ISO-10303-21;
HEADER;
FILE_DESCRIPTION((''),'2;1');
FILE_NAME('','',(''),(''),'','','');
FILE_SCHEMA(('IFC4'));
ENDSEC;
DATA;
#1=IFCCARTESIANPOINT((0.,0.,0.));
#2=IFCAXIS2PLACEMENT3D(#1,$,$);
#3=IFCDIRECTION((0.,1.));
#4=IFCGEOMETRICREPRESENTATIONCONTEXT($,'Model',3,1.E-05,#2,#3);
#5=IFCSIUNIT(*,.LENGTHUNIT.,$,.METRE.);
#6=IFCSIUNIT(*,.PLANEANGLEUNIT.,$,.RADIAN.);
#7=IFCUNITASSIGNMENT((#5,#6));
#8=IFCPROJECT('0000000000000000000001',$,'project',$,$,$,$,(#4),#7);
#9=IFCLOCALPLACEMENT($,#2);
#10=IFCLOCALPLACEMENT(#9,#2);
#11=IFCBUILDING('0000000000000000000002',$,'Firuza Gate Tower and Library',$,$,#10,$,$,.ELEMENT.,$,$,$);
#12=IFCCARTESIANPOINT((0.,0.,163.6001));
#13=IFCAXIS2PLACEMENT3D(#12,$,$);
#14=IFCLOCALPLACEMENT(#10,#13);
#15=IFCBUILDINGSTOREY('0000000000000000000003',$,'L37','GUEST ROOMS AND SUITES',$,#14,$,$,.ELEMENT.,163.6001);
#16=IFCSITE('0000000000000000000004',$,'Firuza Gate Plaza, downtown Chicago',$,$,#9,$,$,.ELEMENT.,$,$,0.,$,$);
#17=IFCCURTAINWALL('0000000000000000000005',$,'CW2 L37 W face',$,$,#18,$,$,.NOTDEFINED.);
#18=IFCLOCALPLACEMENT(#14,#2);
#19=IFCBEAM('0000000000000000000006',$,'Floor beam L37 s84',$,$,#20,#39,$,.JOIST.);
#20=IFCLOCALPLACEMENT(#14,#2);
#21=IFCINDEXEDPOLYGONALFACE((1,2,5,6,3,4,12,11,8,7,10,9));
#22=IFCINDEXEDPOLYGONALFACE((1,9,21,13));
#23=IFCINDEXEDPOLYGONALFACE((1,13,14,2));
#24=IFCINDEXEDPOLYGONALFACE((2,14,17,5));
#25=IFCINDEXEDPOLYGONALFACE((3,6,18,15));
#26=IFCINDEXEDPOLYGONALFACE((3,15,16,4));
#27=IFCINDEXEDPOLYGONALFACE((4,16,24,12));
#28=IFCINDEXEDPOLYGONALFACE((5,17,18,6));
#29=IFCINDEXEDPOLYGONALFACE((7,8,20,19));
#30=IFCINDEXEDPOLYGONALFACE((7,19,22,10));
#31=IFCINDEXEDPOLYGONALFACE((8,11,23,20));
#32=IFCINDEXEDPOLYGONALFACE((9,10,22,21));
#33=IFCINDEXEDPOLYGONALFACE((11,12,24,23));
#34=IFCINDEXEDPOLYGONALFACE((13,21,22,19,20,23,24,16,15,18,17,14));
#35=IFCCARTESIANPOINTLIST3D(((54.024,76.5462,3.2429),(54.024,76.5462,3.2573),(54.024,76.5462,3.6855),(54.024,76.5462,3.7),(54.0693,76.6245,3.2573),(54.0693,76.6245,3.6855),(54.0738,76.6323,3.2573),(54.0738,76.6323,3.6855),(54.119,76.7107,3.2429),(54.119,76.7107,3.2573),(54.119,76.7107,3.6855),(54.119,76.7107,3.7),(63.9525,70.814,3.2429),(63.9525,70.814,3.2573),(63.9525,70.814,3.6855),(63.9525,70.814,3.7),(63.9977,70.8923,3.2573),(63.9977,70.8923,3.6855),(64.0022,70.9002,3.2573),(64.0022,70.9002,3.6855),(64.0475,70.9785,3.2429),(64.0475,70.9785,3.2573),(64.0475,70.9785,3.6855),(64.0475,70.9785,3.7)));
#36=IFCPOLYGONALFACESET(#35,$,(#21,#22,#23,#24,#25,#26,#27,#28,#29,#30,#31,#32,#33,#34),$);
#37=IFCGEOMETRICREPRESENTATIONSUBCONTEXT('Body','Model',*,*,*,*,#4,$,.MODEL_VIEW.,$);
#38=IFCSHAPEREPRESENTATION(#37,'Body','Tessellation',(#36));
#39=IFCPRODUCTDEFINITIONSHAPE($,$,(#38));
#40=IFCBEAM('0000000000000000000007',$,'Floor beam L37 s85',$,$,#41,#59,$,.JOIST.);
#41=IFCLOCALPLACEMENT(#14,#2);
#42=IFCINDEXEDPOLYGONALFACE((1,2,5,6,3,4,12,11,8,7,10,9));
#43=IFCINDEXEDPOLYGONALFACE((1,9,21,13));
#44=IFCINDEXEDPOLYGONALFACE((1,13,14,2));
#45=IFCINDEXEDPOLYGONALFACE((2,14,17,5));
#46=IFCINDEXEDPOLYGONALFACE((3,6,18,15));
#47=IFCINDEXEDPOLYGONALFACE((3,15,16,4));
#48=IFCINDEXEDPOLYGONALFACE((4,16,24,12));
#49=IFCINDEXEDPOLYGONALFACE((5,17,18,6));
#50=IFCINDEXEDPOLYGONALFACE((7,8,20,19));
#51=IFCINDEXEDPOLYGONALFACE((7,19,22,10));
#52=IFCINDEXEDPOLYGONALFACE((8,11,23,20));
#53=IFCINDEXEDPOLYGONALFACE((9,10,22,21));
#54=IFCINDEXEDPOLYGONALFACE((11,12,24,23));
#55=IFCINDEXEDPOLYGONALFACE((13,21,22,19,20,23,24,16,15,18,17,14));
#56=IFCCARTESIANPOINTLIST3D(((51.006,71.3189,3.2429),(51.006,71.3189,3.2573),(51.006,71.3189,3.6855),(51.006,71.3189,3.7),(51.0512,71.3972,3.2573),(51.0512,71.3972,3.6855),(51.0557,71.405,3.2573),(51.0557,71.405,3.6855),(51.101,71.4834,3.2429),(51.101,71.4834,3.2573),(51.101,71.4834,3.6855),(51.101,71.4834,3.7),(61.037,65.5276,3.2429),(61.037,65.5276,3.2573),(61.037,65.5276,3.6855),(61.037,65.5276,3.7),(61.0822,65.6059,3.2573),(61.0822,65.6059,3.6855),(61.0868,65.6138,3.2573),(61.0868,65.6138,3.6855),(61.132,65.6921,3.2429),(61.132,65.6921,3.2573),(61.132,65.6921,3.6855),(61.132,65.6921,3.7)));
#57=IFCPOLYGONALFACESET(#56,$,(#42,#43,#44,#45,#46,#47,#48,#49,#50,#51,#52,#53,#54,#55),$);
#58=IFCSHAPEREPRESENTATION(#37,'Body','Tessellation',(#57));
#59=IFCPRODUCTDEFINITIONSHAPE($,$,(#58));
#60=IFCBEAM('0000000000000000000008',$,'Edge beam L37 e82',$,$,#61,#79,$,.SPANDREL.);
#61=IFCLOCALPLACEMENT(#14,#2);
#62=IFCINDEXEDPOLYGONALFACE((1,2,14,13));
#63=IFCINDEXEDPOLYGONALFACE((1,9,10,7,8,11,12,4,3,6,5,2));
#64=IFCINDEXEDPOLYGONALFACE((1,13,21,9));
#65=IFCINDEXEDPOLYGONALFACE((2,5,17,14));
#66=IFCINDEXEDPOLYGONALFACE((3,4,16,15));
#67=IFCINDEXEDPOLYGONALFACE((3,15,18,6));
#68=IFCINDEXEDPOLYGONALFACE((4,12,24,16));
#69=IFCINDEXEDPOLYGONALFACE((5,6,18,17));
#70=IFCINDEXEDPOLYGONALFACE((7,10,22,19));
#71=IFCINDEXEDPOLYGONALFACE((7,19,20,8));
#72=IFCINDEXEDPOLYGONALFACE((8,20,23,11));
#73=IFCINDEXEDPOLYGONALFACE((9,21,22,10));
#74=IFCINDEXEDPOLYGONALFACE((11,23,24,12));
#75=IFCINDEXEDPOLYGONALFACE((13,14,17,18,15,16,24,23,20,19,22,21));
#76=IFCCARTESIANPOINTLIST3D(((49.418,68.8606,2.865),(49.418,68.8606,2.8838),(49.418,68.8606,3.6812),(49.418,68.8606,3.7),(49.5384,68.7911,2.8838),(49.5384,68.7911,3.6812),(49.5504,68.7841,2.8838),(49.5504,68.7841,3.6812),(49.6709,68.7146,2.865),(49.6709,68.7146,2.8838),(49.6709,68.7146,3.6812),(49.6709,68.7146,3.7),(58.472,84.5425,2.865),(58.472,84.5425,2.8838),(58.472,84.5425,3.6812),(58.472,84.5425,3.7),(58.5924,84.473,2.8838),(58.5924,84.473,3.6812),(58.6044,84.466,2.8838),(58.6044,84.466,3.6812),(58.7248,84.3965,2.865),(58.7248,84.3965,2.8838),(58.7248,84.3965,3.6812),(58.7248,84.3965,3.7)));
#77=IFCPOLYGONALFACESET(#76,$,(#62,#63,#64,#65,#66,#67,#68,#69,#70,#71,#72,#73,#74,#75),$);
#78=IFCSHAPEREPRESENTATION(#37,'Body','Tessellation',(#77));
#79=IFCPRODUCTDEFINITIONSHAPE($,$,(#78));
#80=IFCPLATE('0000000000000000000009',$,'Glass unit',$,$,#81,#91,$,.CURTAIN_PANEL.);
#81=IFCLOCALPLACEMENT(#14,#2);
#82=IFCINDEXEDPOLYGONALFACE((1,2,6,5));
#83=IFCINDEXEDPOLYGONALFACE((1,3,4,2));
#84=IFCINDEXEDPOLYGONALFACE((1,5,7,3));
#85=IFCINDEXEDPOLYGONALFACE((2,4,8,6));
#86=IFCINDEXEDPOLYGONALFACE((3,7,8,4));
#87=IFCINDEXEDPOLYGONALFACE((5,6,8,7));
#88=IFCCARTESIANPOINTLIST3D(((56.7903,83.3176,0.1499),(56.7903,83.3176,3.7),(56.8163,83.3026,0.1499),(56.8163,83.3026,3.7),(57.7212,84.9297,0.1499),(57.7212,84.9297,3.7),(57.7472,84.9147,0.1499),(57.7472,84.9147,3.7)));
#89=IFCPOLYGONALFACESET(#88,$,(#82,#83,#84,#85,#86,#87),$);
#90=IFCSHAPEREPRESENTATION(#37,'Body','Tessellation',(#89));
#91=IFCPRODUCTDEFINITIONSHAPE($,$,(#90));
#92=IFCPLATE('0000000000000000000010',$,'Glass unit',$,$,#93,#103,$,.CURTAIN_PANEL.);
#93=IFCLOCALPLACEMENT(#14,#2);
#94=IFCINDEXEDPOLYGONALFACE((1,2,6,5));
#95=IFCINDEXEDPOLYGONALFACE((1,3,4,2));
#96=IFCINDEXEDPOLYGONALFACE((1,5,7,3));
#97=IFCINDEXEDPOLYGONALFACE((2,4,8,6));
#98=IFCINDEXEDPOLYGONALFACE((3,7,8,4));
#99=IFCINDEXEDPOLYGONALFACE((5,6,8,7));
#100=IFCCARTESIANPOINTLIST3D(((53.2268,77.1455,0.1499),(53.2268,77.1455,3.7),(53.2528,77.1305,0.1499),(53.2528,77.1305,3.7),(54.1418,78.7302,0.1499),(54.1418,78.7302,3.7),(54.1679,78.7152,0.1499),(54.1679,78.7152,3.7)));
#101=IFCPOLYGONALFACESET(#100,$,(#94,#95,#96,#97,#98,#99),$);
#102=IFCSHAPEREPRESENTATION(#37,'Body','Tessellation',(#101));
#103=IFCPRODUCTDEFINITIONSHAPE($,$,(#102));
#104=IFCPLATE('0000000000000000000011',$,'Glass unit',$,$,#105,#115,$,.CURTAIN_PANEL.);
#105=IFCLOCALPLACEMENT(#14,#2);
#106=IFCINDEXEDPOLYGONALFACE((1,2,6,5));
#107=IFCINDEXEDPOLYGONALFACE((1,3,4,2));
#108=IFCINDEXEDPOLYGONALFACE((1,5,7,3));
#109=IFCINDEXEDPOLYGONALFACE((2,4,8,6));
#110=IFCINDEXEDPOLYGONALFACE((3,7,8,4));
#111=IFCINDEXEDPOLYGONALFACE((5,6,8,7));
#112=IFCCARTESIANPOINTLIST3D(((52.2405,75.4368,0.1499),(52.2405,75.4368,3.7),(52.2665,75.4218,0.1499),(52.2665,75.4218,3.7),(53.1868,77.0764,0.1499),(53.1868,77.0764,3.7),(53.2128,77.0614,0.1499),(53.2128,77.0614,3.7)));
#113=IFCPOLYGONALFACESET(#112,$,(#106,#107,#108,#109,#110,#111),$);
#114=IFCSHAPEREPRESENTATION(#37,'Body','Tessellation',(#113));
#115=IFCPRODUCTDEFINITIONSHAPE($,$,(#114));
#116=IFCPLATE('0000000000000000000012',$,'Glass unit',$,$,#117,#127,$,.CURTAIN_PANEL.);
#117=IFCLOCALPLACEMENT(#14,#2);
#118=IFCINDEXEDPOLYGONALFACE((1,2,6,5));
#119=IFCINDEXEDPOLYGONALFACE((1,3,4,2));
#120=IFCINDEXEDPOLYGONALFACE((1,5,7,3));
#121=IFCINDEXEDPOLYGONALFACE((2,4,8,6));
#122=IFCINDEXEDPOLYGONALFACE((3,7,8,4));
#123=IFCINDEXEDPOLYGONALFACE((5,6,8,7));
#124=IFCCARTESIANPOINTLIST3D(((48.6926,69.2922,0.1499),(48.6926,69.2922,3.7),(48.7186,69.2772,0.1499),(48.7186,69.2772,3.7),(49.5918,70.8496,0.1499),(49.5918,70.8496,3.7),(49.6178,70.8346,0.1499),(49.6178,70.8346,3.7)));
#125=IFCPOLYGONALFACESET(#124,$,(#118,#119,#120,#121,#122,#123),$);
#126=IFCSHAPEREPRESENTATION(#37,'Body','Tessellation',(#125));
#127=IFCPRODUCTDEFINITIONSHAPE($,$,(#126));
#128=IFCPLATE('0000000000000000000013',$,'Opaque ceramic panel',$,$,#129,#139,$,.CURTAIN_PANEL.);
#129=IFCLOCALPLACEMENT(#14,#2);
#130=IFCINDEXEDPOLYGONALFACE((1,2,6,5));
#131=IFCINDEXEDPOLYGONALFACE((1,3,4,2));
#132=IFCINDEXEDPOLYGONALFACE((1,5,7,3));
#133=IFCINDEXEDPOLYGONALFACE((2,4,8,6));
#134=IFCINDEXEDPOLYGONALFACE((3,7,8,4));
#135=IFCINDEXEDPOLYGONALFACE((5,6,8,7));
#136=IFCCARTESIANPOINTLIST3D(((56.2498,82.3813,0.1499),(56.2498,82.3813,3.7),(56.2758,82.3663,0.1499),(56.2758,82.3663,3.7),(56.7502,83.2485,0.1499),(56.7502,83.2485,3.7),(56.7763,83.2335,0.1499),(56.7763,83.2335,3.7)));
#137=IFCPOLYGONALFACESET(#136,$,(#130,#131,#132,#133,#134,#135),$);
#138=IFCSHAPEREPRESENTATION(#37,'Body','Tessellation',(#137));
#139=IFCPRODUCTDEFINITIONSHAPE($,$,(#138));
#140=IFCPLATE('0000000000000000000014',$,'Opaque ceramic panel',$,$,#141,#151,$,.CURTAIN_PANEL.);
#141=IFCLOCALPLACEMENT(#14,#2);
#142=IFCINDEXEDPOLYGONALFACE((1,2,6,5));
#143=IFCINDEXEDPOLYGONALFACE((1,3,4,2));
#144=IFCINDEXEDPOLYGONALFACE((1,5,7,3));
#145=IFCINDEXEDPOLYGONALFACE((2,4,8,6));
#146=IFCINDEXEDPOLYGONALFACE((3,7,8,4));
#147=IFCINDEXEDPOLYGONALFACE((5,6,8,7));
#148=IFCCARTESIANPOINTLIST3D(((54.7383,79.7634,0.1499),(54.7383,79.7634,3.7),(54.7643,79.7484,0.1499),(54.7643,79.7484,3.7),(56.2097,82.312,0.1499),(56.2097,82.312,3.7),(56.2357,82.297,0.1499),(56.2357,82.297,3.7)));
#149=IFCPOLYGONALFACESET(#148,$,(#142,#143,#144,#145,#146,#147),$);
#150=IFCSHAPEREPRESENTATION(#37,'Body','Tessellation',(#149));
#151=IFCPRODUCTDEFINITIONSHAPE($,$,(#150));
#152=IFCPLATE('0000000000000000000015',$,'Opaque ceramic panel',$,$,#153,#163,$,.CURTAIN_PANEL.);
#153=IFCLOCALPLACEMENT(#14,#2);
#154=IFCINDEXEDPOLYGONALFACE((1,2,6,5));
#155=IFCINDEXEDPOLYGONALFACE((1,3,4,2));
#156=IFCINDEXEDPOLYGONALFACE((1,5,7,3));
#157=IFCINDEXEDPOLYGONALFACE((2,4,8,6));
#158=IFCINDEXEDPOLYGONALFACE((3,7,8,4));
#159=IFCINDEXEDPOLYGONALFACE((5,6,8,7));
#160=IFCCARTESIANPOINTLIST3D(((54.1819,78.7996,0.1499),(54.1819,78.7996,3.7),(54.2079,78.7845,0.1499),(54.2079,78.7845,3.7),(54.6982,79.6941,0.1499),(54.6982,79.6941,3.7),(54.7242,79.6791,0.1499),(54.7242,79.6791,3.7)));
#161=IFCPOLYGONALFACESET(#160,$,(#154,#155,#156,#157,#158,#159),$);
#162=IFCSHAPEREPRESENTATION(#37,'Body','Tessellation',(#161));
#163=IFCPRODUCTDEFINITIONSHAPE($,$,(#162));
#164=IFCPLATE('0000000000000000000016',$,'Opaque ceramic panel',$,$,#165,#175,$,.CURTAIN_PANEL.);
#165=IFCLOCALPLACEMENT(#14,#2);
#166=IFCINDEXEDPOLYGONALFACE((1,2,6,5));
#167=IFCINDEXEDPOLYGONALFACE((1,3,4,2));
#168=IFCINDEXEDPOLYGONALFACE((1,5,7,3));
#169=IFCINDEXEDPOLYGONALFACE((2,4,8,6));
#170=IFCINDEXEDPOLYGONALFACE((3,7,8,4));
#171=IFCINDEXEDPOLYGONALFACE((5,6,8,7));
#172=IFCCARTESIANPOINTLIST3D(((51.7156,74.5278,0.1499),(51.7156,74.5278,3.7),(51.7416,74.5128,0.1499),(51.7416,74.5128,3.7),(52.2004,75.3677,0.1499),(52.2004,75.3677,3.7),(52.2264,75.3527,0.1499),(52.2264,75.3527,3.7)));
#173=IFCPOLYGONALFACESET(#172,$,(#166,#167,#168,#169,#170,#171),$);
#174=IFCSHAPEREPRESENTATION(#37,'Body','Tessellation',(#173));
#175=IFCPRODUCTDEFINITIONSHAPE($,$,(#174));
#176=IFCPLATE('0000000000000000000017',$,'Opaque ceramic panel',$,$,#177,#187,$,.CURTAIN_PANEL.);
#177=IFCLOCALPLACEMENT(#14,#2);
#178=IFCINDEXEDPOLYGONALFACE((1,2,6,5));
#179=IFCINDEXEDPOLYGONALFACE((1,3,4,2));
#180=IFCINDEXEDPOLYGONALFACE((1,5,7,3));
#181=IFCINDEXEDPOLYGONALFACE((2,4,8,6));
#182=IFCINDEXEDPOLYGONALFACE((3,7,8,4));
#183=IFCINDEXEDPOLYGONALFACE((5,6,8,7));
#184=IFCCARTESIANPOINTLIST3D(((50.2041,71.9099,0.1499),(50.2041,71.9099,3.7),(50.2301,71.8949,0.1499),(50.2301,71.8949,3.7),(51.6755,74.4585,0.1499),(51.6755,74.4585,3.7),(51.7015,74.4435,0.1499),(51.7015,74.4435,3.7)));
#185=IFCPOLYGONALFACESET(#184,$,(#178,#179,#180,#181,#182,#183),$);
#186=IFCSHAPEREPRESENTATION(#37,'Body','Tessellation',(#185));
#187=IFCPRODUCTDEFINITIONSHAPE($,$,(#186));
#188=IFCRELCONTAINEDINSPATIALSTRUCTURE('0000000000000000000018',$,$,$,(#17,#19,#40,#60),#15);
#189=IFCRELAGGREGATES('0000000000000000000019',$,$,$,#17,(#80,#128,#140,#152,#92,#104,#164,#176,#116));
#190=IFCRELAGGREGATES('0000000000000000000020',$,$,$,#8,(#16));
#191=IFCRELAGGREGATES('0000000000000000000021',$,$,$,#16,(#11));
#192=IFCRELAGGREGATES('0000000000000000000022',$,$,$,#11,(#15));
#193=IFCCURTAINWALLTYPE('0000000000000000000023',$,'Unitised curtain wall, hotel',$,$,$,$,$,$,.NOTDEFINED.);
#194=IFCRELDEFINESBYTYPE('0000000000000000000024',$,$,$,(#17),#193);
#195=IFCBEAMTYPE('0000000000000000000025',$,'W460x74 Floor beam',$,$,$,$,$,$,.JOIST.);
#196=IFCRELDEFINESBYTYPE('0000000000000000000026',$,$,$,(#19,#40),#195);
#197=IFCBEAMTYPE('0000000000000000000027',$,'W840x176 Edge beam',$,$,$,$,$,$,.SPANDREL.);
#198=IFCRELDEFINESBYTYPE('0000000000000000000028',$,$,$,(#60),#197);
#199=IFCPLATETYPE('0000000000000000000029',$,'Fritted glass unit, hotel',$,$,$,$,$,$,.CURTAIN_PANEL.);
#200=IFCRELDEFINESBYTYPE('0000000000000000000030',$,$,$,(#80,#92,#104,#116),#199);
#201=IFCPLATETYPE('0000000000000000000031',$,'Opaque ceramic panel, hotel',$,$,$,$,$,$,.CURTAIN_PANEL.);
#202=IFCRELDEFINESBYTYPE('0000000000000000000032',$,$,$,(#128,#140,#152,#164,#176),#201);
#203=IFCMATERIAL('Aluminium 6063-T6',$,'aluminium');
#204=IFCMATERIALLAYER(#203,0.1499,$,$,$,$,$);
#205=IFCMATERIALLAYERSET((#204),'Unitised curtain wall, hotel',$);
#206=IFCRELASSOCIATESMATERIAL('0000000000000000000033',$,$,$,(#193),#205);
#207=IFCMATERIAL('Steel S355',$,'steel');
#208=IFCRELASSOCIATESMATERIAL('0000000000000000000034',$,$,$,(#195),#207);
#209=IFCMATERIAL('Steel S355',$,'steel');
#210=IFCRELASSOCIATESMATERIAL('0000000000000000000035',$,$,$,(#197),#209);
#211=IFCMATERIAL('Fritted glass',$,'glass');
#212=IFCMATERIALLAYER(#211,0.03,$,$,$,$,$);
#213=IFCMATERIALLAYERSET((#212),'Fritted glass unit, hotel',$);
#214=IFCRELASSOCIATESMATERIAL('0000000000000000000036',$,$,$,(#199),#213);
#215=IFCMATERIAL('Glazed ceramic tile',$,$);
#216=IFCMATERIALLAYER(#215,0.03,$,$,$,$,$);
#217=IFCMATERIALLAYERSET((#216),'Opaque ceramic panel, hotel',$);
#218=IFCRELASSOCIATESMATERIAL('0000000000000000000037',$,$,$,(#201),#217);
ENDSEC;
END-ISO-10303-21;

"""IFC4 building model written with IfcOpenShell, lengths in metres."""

from ifc_helpers import new_model, si_unit, direction, frame, origin, origin_2d, place, context, subcontext, project, spatial, polyline, i_section, outline, extrude, material, layer, layer_set, material_profile, profile_set, type_object, element, aggregate, save


model = new_model("IFC4")

# Units and contexts
model_context = context("Model", 3, precision=1e-05, world=origin(), true_north=direction((0.0, 1.0)))
body_context = subcontext(model_context, "Body", "Model", "MODEL_VIEW")
ifc_project = project(units=[si_unit("LENGTHUNIT", "METRE"), si_unit("PLANEANGLEUNIT", "RADIAN")], contexts=[model_context])

# Site, building, storey
site_placement = place(None, origin())
site = spatial("IfcSite", under=ifc_project, at=site_placement, Name="Firuza Gate Plaza, downtown Chicago", CompositionType="ELEMENT", RefElevation=0.0)
building_placement = place(site_placement, origin())
building = spatial("IfcBuilding", under=site, at=building_placement, Name="Firuza Gate Tower and Library", CompositionType="ELEMENT")
storey_placement = place(building_placement, frame((0.0, 0.0, 163.6001)))
storey = spatial("IfcBuildingStorey", under=building, at=storey_placement, Name="L37", Description="GUEST ROOMS AND SUITES", CompositionType="ELEMENT", Elevation=163.6001)

# Curtain wall
ifc_material_1 = material(Name="Aluminium 6063-T6", Category="aluminium")
ifc_layer_1 = layer(ifc_material_1, 0.1499)
ifc_layer_set_1 = layer_set([ifc_layer_1], Name="Unitised curtain wall, hotel")
curtain_wall_type = type_object("IfcCurtainWallType", Name="Unitised curtain wall, hotel", PredefinedType="NOTDEFINED", material=ifc_layer_set_1)
curtain_wall_placement = place(storey_placement, origin())
curtain_wall = element("IfcCurtainWall", 1, at=curtain_wall_placement, inside=storey, type_object=curtain_wall_type, Name="CW2 L37 W face", PredefinedType="NOTDEFINED")

# Beams
ifc_material_2 = material(Name="Steel S355", Category="steel")
ifc_material_profile_1 = material_profile(ifc_material_2, i_section(OverallWidth=0.1899, OverallDepth=0.457, WebThickness=0.009, FlangeThickness=0.0144, at=origin_2d()))
ifc_profile_set_1 = profile_set([ifc_material_profile_1], Name="Steel S355")
beam_type_1 = type_object("IfcBeamType", Name="W460x74 Floor beam", PredefinedType="JOIST", material=ifc_profile_set_1)
beam_1_placement = place(storey_placement, frame((54.0715, 76.6284, 3.4714), z_axis=(0.866026, -0.499998, 0.0), x_axis=(0.499998, 0.866026, 0.0)))
element("IfcBeam", 2, at=beam_1_placement, inside=storey, type_object=beam_type_1, Name="Floor beam L37 s84", PredefinedType="JOIST", context=body_context, shape_type="SweptSolid", body=[
    extrude(i_section(OverallWidth=0.1899, OverallDepth=0.457, WebThickness=0.009, FlangeThickness=0.0144, at=origin_2d()), origin(), (0.0, 0.0, 1.0), 11.4644),
])
beam_2_placement = place(storey_placement, frame((51.0535, 71.4011, 3.4714), z_axis=(0.866031, -0.499991, 0.0), x_axis=(0.499991, 0.866031, 0.0)))
element("IfcBeam", 3, at=beam_2_placement, inside=storey, type_object=beam_type_1, Name="Floor beam L37 s85", PredefinedType="JOIST", context=body_context, shape_type="SweptSolid", body=[
    extrude(i_section(OverallWidth=0.1899, OverallDepth=0.457, WebThickness=0.009, FlangeThickness=0.0144, at=origin_2d()), origin(), (0.0, 0.0, 1.0), 11.5828),
])
ifc_material_3 = material(Name="Steel S355", Category="steel")
ifc_material_profile_2 = material_profile(ifc_material_3, i_section(OverallWidth=0.292, OverallDepth=0.835, WebThickness=0.0139, FlangeThickness=0.0188, at=origin_2d()))
ifc_profile_set_2 = profile_set([ifc_material_profile_2], Name="Steel S355")
beam_type_2 = type_object("IfcBeamType", Name="W840x176 Edge beam", PredefinedType="SPANDREL", material=ifc_profile_set_2)
beam_3_placement = place(storey_placement, frame((58.5984, 84.4695, 3.2825), z_axis=(-0.500001, -0.866025, 0.0), x_axis=(0.866025, -0.500001, 0.0)))
element("IfcBeam", 4, at=beam_3_placement, inside=storey, type_object=beam_type_2, Name="Edge beam L37 e82", PredefinedType="SPANDREL", context=body_context, shape_type="SweptSolid", body=[
    extrude(i_section(OverallWidth=0.292, OverallDepth=0.835, WebThickness=0.0139, FlangeThickness=0.0188, at=origin_2d()), origin(), (0.0, 0.0, 1.0), 18.1079),
])

# Plates
ifc_material_4 = material(Name="Fritted glass", Category="glass")
ifc_layer_2 = layer(ifc_material_4, 0.03)
ifc_layer_set_2 = layer_set([ifc_layer_2], Name="Fritted glass unit, hotel")
plate_type_1 = type_object("IfcPlateType", Name="Fritted glass unit, hotel", PredefinedType="CURTAIN_PANEL", material=ifc_layer_set_2)
plate_1_placement = place(storey_placement, frame((57.7212, 84.9297, 0.1499), z_axis=(-0.865982, 0.500074, 0.0), x_axis=(-0.500074, -0.865982, 0.0)))
plate_1 = element("IfcPlate", 5, at=plate_1_placement, type_object=plate_type_1, Name="Glass unit", PredefinedType="CURTAIN_PANEL", context=body_context, shape_type="SweptSolid", body=[
    extrude(outline(polyline([(0.0, 0.0), (1.8615, 0.0), (1.8615, 3.55), (0.0, 3.55), (0.0, 0.0)])), origin(), (0.0, 0.0, -1.0), 0.03),
])
plate_2_placement = place(storey_placement, frame((54.1418, 78.7302, 0.1499), z_axis=(-0.866001, 0.500042, 0.0), x_axis=(-0.500042, -0.866001, 0.0)))
plate_2 = element("IfcPlate", 6, at=plate_2_placement, type_object=plate_type_1, Name="Glass unit", PredefinedType="CURTAIN_PANEL", context=body_context, shape_type="SweptSolid", body=[
    extrude(outline(polyline([(0.0, 0.0), (1.8299, 0.0), (1.8299, 3.55), (0.0, 3.55), (0.0, 0.0)])), origin(), (0.0, 0.0, -1.0), 0.03),
])
plate_3_placement = place(storey_placement, frame((53.1868, 77.0764, 0.1499), z_axis=(-0.866108, 0.499856, 0.0), x_axis=(-0.499856, -0.866108, 0.0)))
plate_3 = element("IfcPlate", 7, at=plate_3_placement, type_object=plate_type_1, Name="Glass unit", PredefinedType="CURTAIN_PANEL", context=body_context, shape_type="SweptSolid", body=[
    extrude(outline(polyline([(0.0, 0.0), (1.8931, 0.0), (1.8931, 3.55), (0.0, 3.55), (0.0, 0.0)])), origin(), (0.0, 0.0, -1.0), 0.03),
])
plate_4_placement = place(storey_placement, frame((49.5918, 70.8496, 0.1499), z_axis=(-0.866021, 0.500008, 0.0), x_axis=(-0.500008, -0.866021, 0.0)))
plate_4 = element("IfcPlate", 8, at=plate_4_placement, type_object=plate_type_1, Name="Glass unit", PredefinedType="CURTAIN_PANEL", context=body_context, shape_type="SweptSolid", body=[
    extrude(outline(polyline([(0.0, 0.0), (1.7983, 0.0), (1.7983, 3.55), (0.0, 3.55), (0.0, 0.0)])), origin(), (0.0, 0.0, -1.0), 0.03),
])
ifc_material_5 = material(Name="Glazed ceramic tile")
ifc_layer_3 = layer(ifc_material_5, 0.03)
ifc_layer_set_3 = layer_set([ifc_layer_3], Name="Opaque ceramic panel, hotel")
plate_type_2 = type_object("IfcPlateType", Name="Opaque ceramic panel, hotel", PredefinedType="CURTAIN_PANEL", material=ifc_layer_set_3)
plate_5_placement = place(storey_placement, frame((56.7502, 83.2485, 0.1499), z_axis=(-0.866104, 0.499863, 0.0), x_axis=(-0.499863, -0.866104, 0.0)))
plate_5 = element("IfcPlate", 9, at=plate_5_placement, type_object=plate_type_2, Name="Opaque ceramic panel", PredefinedType="CURTAIN_PANEL", context=body_context, shape_type="SweptSolid", body=[
    extrude(outline(polyline([(0.0, 0.0), (1.0013, 0.0), (1.0013, 3.55), (0.0, 3.55), (0.0, 0.0)])), origin(), (0.0, 0.0, -1.0), 0.03),
])
plate_6_placement = place(storey_placement, frame((56.2097, 82.312, 0.1499), z_axis=(-0.866024, 0.500003, 0.0), x_axis=(-0.500003, -0.866024, 0.0)))
plate_6 = element("IfcPlate", 10, at=plate_6_placement, type_object=plate_type_2, Name="Opaque ceramic panel", PredefinedType="CURTAIN_PANEL", context=body_context, shape_type="SweptSolid", body=[
    extrude(outline(polyline([(0.0, 0.0), (2.9429, 0.0), (2.9429, 3.55), (0.0, 3.55), (0.0, 0.0)])), origin(), (0.0, 0.0, -1.0), 0.03),
])
plate_7_placement = place(storey_placement, frame((54.6982, 79.6941, 0.1499), z_axis=(-0.866068, 0.499927, 0.0), x_axis=(-0.499927, -0.866068, 0.0)))
plate_7 = element("IfcPlate", 11, at=plate_7_placement, type_object=plate_type_2, Name="Opaque ceramic panel", PredefinedType="CURTAIN_PANEL", context=body_context, shape_type="SweptSolid", body=[
    extrude(outline(polyline([(0.0, 0.0), (1.0329, 0.0), (1.0329, 3.55), (0.0, 3.55), (0.0, 0.0)])), origin(), (0.0, 0.0, -1.0), 0.03),
])
plate_8_placement = place(storey_placement, frame((52.2004, 75.3677, 0.1499), z_axis=(-0.866035, 0.499984, 0.0), x_axis=(-0.499984, -0.866035, 0.0)))
plate_8 = element("IfcPlate", 12, at=plate_8_placement, type_object=plate_type_2, Name="Opaque ceramic panel", PredefinedType="CURTAIN_PANEL", context=body_context, shape_type="SweptSolid", body=[
    extrude(outline(polyline([(0.0, 0.0), (0.9698, 0.0), (0.9698, 3.55), (0.0, 3.55), (0.0, 0.0)])), origin(), (0.0, 0.0, -1.0), 0.03),
])
plate_9_placement = place(storey_placement, frame((51.6755, 74.4585, 0.1499), z_axis=(-0.866024, 0.500003, 0.0), x_axis=(-0.500003, -0.866024, 0.0)))
plate_9 = element("IfcPlate", 13, at=plate_9_placement, type_object=plate_type_2, Name="Opaque ceramic panel", PredefinedType="CURTAIN_PANEL", context=body_context, shape_type="SweptSolid", body=[
    extrude(outline(polyline([(0.0, 0.0), (2.9429, 0.0), (2.9429, 3.55), (0.0, 3.55), (0.0, 0.0)])), origin(), (0.0, 0.0, -1.0), 0.03),
])
aggregate(curtain_wall, [plate_1, plate_5, plate_6, plate_7, plate_2, plate_3, plate_8, plate_9, plate_4])

save(model, "model.ifc")
